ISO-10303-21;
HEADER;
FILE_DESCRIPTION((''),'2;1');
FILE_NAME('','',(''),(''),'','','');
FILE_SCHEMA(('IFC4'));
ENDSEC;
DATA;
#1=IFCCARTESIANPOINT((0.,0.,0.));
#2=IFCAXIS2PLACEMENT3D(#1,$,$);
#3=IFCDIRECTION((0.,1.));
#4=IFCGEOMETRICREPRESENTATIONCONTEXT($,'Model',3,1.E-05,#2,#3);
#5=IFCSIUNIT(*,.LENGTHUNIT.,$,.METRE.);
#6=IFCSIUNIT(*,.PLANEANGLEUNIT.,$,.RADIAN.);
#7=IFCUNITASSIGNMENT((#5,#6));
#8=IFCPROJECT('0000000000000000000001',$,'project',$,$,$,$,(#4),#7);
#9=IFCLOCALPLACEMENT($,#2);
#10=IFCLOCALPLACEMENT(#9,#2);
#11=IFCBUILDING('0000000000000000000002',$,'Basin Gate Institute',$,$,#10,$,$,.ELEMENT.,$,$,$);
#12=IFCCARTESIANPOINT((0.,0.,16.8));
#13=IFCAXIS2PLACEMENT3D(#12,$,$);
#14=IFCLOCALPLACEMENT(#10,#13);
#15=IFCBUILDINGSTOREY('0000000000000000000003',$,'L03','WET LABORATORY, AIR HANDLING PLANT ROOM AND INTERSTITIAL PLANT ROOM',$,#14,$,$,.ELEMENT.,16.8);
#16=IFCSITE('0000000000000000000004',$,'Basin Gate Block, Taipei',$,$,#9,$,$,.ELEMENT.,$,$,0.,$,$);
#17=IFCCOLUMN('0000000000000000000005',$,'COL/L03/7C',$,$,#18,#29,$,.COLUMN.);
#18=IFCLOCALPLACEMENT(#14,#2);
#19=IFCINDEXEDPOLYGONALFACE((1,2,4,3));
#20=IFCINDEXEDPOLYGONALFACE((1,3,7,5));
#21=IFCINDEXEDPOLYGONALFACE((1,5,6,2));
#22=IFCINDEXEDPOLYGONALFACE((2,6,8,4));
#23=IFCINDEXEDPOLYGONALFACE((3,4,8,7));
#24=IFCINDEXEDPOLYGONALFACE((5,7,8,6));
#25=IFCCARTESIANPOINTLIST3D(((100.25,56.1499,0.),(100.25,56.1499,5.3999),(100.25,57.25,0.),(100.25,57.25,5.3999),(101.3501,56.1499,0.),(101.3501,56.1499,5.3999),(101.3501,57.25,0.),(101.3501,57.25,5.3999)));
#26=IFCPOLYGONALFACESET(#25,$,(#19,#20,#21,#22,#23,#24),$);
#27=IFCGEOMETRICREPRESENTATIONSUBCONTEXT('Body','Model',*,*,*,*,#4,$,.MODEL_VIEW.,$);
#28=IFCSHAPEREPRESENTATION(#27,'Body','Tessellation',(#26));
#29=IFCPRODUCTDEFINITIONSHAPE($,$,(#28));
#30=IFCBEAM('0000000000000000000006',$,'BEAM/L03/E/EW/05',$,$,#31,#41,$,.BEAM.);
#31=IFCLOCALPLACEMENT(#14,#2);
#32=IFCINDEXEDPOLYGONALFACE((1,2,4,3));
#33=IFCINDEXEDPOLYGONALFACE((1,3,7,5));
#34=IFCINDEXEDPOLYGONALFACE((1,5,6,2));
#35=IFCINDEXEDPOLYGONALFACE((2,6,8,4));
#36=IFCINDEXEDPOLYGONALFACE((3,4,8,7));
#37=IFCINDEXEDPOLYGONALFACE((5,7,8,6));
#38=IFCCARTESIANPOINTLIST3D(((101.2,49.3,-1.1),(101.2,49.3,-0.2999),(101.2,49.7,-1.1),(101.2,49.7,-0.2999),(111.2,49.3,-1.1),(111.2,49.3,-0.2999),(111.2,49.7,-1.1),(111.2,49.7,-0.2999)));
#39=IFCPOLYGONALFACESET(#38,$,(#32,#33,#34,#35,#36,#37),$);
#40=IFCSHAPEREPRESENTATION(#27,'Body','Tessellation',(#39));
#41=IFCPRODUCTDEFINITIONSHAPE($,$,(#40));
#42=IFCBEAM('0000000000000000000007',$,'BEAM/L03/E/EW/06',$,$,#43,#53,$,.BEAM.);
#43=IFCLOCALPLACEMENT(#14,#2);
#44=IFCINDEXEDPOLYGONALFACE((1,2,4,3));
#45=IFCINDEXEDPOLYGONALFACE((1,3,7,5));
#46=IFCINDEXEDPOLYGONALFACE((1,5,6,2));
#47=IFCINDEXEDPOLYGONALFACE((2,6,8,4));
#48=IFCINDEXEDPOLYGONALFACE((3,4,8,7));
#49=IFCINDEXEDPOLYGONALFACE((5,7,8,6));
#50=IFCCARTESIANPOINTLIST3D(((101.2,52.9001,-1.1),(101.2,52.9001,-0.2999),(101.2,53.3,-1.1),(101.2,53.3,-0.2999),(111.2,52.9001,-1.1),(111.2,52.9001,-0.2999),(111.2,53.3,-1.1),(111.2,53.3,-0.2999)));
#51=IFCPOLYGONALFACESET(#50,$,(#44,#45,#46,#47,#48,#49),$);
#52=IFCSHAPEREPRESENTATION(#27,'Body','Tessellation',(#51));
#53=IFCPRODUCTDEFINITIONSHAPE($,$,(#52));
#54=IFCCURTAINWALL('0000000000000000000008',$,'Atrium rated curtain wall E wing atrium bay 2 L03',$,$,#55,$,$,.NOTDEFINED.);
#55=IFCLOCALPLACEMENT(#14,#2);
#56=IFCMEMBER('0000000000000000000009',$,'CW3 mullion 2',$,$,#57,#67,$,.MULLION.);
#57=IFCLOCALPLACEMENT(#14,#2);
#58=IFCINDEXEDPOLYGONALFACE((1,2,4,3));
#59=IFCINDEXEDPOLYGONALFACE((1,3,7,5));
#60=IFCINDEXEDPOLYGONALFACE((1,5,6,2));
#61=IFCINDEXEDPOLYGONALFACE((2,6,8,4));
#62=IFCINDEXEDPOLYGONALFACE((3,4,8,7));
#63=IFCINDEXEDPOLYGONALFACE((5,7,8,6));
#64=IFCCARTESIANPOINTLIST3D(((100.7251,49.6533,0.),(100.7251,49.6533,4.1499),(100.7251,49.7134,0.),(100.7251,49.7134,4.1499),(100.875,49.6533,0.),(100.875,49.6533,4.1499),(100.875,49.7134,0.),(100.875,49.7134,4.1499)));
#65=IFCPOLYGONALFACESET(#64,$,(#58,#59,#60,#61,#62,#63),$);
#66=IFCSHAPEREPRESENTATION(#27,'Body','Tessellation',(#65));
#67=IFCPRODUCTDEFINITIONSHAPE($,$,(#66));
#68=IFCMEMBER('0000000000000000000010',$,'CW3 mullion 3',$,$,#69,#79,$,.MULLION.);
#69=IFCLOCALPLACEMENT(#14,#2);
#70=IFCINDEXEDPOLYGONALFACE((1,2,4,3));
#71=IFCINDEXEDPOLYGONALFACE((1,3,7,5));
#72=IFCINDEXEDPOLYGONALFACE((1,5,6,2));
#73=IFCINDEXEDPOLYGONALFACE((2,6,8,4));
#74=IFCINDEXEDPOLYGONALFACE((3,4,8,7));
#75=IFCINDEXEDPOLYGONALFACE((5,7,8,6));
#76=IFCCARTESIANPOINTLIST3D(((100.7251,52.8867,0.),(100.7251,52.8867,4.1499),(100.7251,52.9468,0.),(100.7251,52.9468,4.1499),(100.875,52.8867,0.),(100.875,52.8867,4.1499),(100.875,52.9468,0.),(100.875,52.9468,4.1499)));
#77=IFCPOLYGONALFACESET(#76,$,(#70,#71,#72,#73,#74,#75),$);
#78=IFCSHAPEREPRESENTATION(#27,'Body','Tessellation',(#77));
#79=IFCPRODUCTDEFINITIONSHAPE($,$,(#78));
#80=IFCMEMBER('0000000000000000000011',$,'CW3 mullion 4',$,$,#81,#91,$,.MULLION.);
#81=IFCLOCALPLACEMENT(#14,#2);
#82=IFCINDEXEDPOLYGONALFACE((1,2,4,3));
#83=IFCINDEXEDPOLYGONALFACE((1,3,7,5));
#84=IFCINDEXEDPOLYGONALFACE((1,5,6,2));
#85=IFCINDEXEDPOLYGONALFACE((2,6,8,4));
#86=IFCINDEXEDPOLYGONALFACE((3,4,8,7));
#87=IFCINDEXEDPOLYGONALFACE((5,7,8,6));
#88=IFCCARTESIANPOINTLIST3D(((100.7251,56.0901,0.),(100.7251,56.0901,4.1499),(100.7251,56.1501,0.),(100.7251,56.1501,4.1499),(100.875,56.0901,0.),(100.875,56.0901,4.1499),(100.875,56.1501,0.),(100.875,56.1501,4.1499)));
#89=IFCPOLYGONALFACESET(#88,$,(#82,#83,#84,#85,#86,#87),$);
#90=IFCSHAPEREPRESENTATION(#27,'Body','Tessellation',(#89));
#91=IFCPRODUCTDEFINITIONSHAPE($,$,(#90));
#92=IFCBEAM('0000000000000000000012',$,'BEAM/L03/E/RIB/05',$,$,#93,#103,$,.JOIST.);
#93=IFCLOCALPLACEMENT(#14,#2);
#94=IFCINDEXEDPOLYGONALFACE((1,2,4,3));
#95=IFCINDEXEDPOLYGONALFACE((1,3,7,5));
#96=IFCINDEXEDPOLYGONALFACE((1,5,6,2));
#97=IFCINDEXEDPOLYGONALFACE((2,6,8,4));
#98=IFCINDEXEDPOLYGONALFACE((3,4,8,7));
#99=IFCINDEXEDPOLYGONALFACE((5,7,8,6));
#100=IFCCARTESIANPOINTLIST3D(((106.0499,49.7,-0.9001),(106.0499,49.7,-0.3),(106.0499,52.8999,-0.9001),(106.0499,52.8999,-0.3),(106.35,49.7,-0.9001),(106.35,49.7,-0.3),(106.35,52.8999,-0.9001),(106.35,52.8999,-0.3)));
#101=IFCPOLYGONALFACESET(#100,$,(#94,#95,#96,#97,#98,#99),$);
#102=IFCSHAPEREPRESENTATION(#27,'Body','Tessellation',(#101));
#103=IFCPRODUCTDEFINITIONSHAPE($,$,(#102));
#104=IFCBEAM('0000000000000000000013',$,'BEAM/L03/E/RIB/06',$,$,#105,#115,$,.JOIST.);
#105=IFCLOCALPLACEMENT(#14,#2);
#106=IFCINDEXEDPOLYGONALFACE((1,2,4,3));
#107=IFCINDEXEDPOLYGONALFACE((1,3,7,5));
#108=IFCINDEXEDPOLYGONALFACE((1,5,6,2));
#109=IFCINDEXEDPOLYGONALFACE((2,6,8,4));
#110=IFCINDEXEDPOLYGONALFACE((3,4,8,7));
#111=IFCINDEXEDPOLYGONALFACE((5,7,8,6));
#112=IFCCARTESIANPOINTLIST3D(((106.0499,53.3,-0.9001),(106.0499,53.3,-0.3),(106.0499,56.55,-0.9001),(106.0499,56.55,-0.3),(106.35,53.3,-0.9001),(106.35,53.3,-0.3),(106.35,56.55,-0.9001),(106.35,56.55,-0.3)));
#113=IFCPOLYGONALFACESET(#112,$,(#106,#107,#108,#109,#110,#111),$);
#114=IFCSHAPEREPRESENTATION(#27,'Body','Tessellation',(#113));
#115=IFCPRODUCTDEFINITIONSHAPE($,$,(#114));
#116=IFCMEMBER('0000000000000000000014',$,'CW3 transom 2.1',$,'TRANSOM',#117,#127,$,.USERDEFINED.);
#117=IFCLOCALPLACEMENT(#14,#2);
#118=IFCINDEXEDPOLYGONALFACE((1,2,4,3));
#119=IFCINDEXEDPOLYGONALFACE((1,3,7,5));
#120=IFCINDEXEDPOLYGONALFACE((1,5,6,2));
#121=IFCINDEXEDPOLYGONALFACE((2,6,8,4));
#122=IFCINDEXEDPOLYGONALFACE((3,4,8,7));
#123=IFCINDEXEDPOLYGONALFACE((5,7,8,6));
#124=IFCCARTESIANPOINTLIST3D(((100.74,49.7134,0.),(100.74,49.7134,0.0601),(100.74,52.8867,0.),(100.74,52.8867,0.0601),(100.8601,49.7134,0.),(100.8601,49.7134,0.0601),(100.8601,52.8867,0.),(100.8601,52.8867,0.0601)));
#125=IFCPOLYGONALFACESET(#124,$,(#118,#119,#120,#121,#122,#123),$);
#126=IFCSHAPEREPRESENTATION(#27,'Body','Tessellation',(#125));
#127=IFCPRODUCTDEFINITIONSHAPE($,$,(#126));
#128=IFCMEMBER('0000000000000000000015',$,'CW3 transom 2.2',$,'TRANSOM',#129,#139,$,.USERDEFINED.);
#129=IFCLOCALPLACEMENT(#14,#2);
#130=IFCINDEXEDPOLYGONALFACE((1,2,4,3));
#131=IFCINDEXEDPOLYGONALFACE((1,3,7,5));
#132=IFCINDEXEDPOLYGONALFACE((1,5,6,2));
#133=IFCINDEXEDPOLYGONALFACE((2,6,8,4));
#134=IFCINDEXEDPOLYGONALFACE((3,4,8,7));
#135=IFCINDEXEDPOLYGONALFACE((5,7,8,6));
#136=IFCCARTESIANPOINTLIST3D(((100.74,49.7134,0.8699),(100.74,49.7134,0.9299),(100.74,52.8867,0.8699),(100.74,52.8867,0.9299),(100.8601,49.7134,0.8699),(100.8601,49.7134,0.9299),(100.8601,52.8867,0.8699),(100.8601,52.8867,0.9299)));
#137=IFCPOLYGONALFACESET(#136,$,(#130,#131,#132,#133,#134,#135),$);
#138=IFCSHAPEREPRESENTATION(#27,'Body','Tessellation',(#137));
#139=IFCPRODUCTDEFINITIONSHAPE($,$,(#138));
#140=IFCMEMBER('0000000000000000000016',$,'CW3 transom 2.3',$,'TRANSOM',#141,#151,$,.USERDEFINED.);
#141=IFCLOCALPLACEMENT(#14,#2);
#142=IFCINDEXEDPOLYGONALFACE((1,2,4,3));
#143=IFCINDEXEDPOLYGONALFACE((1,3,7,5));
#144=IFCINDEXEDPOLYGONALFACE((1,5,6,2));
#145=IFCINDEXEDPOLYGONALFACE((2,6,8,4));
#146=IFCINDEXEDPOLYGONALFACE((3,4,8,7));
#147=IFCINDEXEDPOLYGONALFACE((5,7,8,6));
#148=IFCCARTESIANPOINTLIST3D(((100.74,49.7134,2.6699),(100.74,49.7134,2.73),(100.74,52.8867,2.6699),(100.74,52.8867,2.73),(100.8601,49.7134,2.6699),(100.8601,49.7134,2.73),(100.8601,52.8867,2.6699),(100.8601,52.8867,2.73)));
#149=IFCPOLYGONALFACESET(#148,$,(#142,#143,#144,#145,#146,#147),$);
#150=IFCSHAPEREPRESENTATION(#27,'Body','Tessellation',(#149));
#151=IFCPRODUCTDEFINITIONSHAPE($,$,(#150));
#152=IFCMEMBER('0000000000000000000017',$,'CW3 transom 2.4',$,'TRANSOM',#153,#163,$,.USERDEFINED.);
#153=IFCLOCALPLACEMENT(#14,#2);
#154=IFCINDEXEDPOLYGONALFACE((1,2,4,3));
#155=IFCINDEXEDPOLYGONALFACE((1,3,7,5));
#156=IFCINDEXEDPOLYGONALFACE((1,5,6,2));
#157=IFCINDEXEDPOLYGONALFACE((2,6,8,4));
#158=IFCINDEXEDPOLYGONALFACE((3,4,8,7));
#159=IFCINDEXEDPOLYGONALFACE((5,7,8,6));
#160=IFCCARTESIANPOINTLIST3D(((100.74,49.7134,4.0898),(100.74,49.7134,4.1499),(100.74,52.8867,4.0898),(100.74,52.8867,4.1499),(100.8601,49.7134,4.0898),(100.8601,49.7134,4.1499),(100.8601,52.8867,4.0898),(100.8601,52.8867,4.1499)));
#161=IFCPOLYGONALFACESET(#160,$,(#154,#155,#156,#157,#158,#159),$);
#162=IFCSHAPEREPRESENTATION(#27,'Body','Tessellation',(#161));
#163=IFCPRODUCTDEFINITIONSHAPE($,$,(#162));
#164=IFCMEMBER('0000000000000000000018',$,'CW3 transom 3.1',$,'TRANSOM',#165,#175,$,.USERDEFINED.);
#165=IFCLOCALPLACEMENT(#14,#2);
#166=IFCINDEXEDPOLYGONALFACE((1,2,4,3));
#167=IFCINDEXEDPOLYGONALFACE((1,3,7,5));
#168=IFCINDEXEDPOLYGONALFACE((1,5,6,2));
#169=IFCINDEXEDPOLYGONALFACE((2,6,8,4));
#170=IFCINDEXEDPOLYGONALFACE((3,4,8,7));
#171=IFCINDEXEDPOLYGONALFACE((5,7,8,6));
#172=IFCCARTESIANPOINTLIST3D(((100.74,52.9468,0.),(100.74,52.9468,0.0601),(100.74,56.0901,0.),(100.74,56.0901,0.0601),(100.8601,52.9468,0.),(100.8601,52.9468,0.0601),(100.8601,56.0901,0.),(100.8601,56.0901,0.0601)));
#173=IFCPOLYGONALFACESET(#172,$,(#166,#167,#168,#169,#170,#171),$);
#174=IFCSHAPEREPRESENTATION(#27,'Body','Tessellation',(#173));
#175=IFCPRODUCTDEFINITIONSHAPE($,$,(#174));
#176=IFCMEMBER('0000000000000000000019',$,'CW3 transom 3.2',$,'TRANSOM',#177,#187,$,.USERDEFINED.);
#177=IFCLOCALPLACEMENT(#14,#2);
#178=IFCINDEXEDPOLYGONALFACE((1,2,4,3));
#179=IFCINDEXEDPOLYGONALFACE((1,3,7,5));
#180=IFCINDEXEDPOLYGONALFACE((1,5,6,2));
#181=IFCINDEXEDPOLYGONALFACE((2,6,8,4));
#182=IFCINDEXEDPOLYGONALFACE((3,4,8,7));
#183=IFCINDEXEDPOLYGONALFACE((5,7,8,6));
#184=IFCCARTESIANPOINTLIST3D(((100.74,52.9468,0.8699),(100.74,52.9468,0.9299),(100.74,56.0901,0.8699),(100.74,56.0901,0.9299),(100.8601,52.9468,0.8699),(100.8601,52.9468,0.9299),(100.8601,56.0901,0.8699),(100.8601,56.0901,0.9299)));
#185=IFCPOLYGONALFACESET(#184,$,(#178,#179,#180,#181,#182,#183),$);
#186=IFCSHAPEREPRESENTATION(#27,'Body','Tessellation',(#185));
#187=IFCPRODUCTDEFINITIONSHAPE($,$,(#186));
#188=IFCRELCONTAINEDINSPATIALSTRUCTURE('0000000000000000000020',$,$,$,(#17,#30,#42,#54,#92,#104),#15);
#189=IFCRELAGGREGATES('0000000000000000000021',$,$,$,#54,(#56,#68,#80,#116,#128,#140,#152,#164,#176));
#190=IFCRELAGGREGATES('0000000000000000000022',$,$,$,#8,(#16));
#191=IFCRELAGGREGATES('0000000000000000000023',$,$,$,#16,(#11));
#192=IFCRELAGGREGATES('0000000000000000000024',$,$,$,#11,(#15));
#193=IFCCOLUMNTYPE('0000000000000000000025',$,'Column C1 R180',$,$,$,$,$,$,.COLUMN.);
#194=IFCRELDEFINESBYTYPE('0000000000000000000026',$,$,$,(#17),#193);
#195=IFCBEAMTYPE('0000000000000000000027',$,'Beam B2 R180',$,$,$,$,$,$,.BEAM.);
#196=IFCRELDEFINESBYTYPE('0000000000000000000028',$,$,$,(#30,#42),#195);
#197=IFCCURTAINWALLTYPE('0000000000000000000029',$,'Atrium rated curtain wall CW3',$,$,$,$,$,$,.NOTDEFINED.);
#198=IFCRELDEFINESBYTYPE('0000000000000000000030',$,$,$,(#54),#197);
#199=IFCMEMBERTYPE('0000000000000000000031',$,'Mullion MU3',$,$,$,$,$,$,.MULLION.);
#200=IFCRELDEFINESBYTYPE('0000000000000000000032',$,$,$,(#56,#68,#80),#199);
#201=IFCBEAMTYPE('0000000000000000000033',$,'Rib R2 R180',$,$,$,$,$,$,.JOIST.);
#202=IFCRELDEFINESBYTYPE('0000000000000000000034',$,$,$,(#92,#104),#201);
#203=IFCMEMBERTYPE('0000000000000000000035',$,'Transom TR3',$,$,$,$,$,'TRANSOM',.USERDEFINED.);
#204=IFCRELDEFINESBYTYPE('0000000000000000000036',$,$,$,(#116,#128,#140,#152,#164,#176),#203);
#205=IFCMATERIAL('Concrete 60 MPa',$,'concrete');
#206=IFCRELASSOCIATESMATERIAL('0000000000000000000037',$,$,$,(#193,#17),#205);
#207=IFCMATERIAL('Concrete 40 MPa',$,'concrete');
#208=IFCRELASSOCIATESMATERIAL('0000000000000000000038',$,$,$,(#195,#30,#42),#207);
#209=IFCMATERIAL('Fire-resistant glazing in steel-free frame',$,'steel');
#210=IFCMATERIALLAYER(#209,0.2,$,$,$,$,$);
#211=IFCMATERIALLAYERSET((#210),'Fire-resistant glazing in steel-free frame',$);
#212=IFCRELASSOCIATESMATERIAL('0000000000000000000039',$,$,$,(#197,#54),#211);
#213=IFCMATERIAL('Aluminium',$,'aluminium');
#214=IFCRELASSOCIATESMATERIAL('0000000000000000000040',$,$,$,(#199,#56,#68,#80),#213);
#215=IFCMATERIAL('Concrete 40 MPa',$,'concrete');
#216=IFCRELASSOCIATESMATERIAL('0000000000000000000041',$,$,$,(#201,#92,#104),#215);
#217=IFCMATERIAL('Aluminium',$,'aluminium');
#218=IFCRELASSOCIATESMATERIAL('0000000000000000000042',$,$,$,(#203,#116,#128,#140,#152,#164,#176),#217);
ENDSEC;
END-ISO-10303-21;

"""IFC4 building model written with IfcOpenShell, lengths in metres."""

from ifc_helpers import new_model, si_unit, direction, frame, origin, origin_2d, place, context, subcontext, project, spatial, rectangle, extrude, material, layer, layer_set, material_profile, profile_set, type_object, element, aggregate, save


model = new_model("IFC4")

# Units and contexts
model_context = context("Model", 3, precision=1e-05, world=origin(), true_north=direction((0.0, 1.0)))
body_context = subcontext(model_context, "Body", "Model", "MODEL_VIEW")
ifc_project = project(units=[si_unit("LENGTHUNIT", "METRE"), si_unit("PLANEANGLEUNIT", "RADIAN")], contexts=[model_context])

# Site, building, storey
site_placement = place(None, origin())
site = spatial("IfcSite", under=ifc_project, at=site_placement, Name="Basin Gate Block, Taipei", CompositionType="ELEMENT", RefElevation=0.0)
building_placement = place(site_placement, origin())
building = spatial("IfcBuilding", under=site, at=building_placement, Name="Basin Gate Institute", CompositionType="ELEMENT")
storey_placement = place(building_placement, frame((0.0, 0.0, 16.8)))
storey = spatial("IfcBuildingStorey", under=building, at=storey_placement, Name="L03", Description="WET LABORATORY, AIR HANDLING PLANT ROOM AND INTERSTITIAL PLANT ROOM", CompositionType="ELEMENT", Elevation=16.8)

# Column
ifc_material_1 = material(Name="Concrete 60 MPa", Category="concrete")
ifc_material_profile_1 = material_profile(ifc_material_1, rectangle(XDim=1.1001, YDim=1.1001, at=origin_2d()), Name="Column C1 1100 x 1100")
ifc_profile_set_1 = profile_set([ifc_material_profile_1], Name="Concrete 60 MPa")
column_type = type_object("IfcColumnType", Name="Column C1 R180", PredefinedType="COLUMN", material=ifc_profile_set_1)
column_placement = place(storey_placement, frame((100.8, 56.7, 0.0), z_axis=(0.0, 0.0, 1.0), x_axis=(1.0, 0.0, 0.0)))
element("IfcColumn", 1, at=column_placement, inside=storey, type_object=column_type, material=ifc_profile_set_1, Name="COL/L03/7C", PredefinedType="COLUMN", context=body_context, shape_type="SweptSolid", body=[
    extrude(rectangle(XDim=1.1001, YDim=1.1001, at=origin_2d()), origin(), (0.0, 0.0, 1.0), 5.3999),
])

# Beams
ifc_material_2 = material(Name="Concrete 40 MPa", Category="concrete")
ifc_material_profile_2 = material_profile(ifc_material_2, rectangle(XDim=0.3999, YDim=0.8, at=origin_2d()), Name="Beam B2 400 x 800")
ifc_profile_set_2 = profile_set([ifc_material_profile_2], Name="Concrete 40 MPa")
beam_type_1 = type_object("IfcBeamType", Name="Beam B2 R180", PredefinedType="BEAM", material=ifc_profile_set_2)
for number, where, z_axis, x_axis, name in (
    (2, (111.2, 49.5, -0.7), (-1.0, 0.0, 0.0), (0.0, -1.0, 0.0), "BEAM/L03/E/EW/05"),
    (3, (111.2, 53.1001, -0.7), (-1.0, 0.0, 0.0), (0.0, -1.0, 0.0), "BEAM/L03/E/EW/06"),
):
    element("IfcBeam", number, at=place(storey_placement, frame(where, z_axis=z_axis, x_axis=x_axis)), inside=storey, type_object=beam_type_1, material=ifc_profile_set_2, Name=name, PredefinedType="BEAM", context=body_context, shape_type="SweptSolid", body=[
        extrude(rectangle(XDim=0.3999, YDim=0.8, at=origin_2d()), origin(), (0.0, 0.0, 1.0), 10.0),
    ])

# Curtain wall, members
ifc_material_3 = material(Name="Fire-resistant glazing in steel-free frame", Category="steel")
ifc_layer_1 = layer(ifc_material_3, 0.2)
ifc_layer_set_1 = layer_set([ifc_layer_1], Name="Fire-resistant glazing in steel-free frame")
curtain_wall_type = type_object("IfcCurtainWallType", Name="Atrium rated curtain wall CW3", PredefinedType="NOTDEFINED", material=ifc_layer_set_1)
curtain_wall_placement = place(storey_placement, origin())
curtain_wall = element("IfcCurtainWall", 4, at=curtain_wall_placement, inside=storey, type_object=curtain_wall_type, material=ifc_layer_set_1, Name="Atrium rated curtain wall E wing atrium bay 2 L03", PredefinedType="NOTDEFINED")
ifc_material_4 = material(Name="Aluminium", Category="aluminium")
ifc_material_profile_3 = material_profile(ifc_material_4, rectangle(XDim=0.1499, YDim=0.0601, at=origin_2d()), Name="Mullion MU3 150 x 60")
ifc_profile_set_3 = profile_set([ifc_material_profile_3], Name="Aluminium")
member_type_1 = type_object("IfcMemberType", Name="Mullion MU3", PredefinedType="MULLION", material=ifc_profile_set_3)
member_1_placement = place(storey_placement, frame((100.8, 49.6833, 0.0), z_axis=(0.0, 0.0, 1.0), x_axis=(-1.0, 0.0, 0.0)))
member_1 = element("IfcMember", 5, at=member_1_placement, type_object=member_type_1, material=ifc_profile_set_3, Name="CW3 mullion 2", PredefinedType="MULLION", context=body_context, shape_type="SweptSolid", body=[
    extrude(rectangle(XDim=0.1499, YDim=0.0601, at=origin_2d()), origin(), (0.0, 0.0, 1.0), 4.1499),
])
member_2_placement = place(storey_placement, frame((100.8, 52.9167, 0.0), z_axis=(0.0, 0.0, 1.0), x_axis=(-1.0, 0.0, 0.0)))
member_2 = element("IfcMember", 6, at=member_2_placement, type_object=member_type_1, material=ifc_profile_set_3, Name="CW3 mullion 3", PredefinedType="MULLION", context=body_context, shape_type="SweptSolid", body=[
    extrude(rectangle(XDim=0.1499, YDim=0.0601, at=origin_2d()), origin(), (0.0, 0.0, 1.0), 4.1499),
])
member_3_placement = place(storey_placement, frame((100.8, 56.1201, 0.0), z_axis=(0.0, 0.0, 1.0), x_axis=(-1.0, 0.0, 0.0)))
member_3 = element("IfcMember", 7, at=member_3_placement, type_object=member_type_1, material=ifc_profile_set_3, Name="CW3 mullion 4", PredefinedType="MULLION", context=body_context, shape_type="SweptSolid", body=[
    extrude(rectangle(XDim=0.1499, YDim=0.0601, at=origin_2d()), origin(), (0.0, 0.0, 1.0), 4.1499),
])

# Beams
ifc_material_5 = material(Name="Concrete 40 MPa", Category="concrete")
ifc_material_profile_4 = material_profile(ifc_material_5, rectangle(XDim=0.3, YDim=0.6001, at=origin_2d()), Name="Rib R2 300 x 600")
ifc_profile_set_4 = profile_set([ifc_material_profile_4], Name="Concrete 40 MPa")
beam_type_2 = type_object("IfcBeamType", Name="Rib R2 R180", PredefinedType="JOIST", material=ifc_profile_set_4)
beam_1_placement = place(storey_placement, frame((106.2, 49.7, -0.6001), z_axis=(0.0, 1.0, 0.0), x_axis=(-1.0, 0.0, 0.0)))
element("IfcBeam", 8, at=beam_1_placement, inside=storey, type_object=beam_type_2, material=ifc_profile_set_4, Name="BEAM/L03/E/RIB/05", PredefinedType="JOIST", context=body_context, shape_type="SweptSolid", body=[
    extrude(rectangle(XDim=0.3, YDim=0.6001, at=origin_2d()), origin(), (0.0, 0.0, 1.0), 3.2),
])
beam_2_placement = place(storey_placement, frame((106.2, 53.3, -0.6001), z_axis=(0.0, 1.0, 0.0), x_axis=(-1.0, 0.0, 0.0)))
element("IfcBeam", 9, at=beam_2_placement, inside=storey, type_object=beam_type_2, material=ifc_profile_set_4, Name="BEAM/L03/E/RIB/06", PredefinedType="JOIST", context=body_context, shape_type="SweptSolid", body=[
    extrude(rectangle(XDim=0.3, YDim=0.6001, at=origin_2d()), origin(), (0.0, 0.0, 1.0), 3.25),
])

# Members
ifc_material_6 = material(Name="Aluminium", Category="aluminium")
ifc_material_profile_5 = material_profile(ifc_material_6, rectangle(XDim=0.1201, YDim=0.0601, at=origin_2d()), Name="Transom TR3 120 x 60")
ifc_profile_set_5 = profile_set([ifc_material_profile_5], Name="Aluminium")
member_type_2 = type_object("IfcMemberType", Name="Transom TR3", ElementType="TRANSOM", PredefinedType="USERDEFINED", material=ifc_profile_set_5)
member_4_placement = place(storey_placement, frame((100.8, 49.7134, 0.03), z_axis=(0.0, 1.0, 0.0), x_axis=(-1.0, 0.0, 0.0)))
member_4 = element("IfcMember", 10, at=member_4_placement, type_object=member_type_2, material=ifc_profile_set_5, Name="CW3 transom 2.1", ObjectType="TRANSOM", PredefinedType="USERDEFINED", context=body_context, shape_type="SweptSolid", body=[
    extrude(rectangle(XDim=0.1201, YDim=0.0601, at=origin_2d()), origin(), (0.0, 0.0, 1.0), 3.1733),
])
member_5_placement = place(storey_placement, frame((100.8, 49.7134, 0.8999), z_axis=(0.0, 1.0, 0.0), x_axis=(-1.0, 0.0, 0.0)))
member_5 = element("IfcMember", 11, at=member_5_placement, type_object=member_type_2, material=ifc_profile_set_5, Name="CW3 transom 2.2", ObjectType="TRANSOM", PredefinedType="USERDEFINED", context=body_context, shape_type="SweptSolid", body=[
    extrude(rectangle(XDim=0.1201, YDim=0.0601, at=origin_2d()), origin(), (0.0, 0.0, 1.0), 3.1733),
])
member_6_placement = place(storey_placement, frame((100.8, 49.7134, 2.7), z_axis=(0.0, 1.0, 0.0), x_axis=(-1.0, 0.0, 0.0)))
member_6 = element("IfcMember", 12, at=member_6_placement, type_object=member_type_2, material=ifc_profile_set_5, Name="CW3 transom 2.3", ObjectType="TRANSOM", PredefinedType="USERDEFINED", context=body_context, shape_type="SweptSolid", body=[
    extrude(rectangle(XDim=0.1201, YDim=0.0601, at=origin_2d()), origin(), (0.0, 0.0, 1.0), 3.1733),
])
member_7_placement = place(storey_placement, frame((100.8, 49.7134, 4.1199), z_axis=(0.0, 1.0, 0.0), x_axis=(-1.0, 0.0, 0.0)))
member_7 = element("IfcMember", 13, at=member_7_placement, type_object=member_type_2, material=ifc_profile_set_5, Name="CW3 transom 2.4", ObjectType="TRANSOM", PredefinedType="USERDEFINED", context=body_context, shape_type="SweptSolid", body=[
    extrude(rectangle(XDim=0.1201, YDim=0.0601, at=origin_2d()), origin(), (0.0, 0.0, 1.0), 3.1733),
])
member_8_placement = place(storey_placement, frame((100.8, 52.9468, 0.03), z_axis=(0.0, 1.0, 0.0), x_axis=(-1.0, 0.0, 0.0)))
member_8 = element("IfcMember", 14, at=member_8_placement, type_object=member_type_2, material=ifc_profile_set_5, Name="CW3 transom 3.1", ObjectType="TRANSOM", PredefinedType="USERDEFINED", context=body_context, shape_type="SweptSolid", body=[
    extrude(rectangle(XDim=0.1201, YDim=0.0601, at=origin_2d()), origin(), (0.0, 0.0, 1.0), 3.1433),
])
member_9_placement = place(storey_placement, frame((100.8, 52.9468, 0.8999), z_axis=(0.0, 1.0, 0.0), x_axis=(-1.0, 0.0, 0.0)))
member_9 = element("IfcMember", 15, at=member_9_placement, type_object=member_type_2, material=ifc_profile_set_5, Name="CW3 transom 3.2", ObjectType="TRANSOM", PredefinedType="USERDEFINED", context=body_context, shape_type="SweptSolid", body=[
    extrude(rectangle(XDim=0.1201, YDim=0.0601, at=origin_2d()), origin(), (0.0, 0.0, 1.0), 3.1433),
])

aggregate(curtain_wall, [member_1, member_2, member_3, member_4, member_5, member_6, member_7, member_8, member_9])

save(model, "model.ifc")
